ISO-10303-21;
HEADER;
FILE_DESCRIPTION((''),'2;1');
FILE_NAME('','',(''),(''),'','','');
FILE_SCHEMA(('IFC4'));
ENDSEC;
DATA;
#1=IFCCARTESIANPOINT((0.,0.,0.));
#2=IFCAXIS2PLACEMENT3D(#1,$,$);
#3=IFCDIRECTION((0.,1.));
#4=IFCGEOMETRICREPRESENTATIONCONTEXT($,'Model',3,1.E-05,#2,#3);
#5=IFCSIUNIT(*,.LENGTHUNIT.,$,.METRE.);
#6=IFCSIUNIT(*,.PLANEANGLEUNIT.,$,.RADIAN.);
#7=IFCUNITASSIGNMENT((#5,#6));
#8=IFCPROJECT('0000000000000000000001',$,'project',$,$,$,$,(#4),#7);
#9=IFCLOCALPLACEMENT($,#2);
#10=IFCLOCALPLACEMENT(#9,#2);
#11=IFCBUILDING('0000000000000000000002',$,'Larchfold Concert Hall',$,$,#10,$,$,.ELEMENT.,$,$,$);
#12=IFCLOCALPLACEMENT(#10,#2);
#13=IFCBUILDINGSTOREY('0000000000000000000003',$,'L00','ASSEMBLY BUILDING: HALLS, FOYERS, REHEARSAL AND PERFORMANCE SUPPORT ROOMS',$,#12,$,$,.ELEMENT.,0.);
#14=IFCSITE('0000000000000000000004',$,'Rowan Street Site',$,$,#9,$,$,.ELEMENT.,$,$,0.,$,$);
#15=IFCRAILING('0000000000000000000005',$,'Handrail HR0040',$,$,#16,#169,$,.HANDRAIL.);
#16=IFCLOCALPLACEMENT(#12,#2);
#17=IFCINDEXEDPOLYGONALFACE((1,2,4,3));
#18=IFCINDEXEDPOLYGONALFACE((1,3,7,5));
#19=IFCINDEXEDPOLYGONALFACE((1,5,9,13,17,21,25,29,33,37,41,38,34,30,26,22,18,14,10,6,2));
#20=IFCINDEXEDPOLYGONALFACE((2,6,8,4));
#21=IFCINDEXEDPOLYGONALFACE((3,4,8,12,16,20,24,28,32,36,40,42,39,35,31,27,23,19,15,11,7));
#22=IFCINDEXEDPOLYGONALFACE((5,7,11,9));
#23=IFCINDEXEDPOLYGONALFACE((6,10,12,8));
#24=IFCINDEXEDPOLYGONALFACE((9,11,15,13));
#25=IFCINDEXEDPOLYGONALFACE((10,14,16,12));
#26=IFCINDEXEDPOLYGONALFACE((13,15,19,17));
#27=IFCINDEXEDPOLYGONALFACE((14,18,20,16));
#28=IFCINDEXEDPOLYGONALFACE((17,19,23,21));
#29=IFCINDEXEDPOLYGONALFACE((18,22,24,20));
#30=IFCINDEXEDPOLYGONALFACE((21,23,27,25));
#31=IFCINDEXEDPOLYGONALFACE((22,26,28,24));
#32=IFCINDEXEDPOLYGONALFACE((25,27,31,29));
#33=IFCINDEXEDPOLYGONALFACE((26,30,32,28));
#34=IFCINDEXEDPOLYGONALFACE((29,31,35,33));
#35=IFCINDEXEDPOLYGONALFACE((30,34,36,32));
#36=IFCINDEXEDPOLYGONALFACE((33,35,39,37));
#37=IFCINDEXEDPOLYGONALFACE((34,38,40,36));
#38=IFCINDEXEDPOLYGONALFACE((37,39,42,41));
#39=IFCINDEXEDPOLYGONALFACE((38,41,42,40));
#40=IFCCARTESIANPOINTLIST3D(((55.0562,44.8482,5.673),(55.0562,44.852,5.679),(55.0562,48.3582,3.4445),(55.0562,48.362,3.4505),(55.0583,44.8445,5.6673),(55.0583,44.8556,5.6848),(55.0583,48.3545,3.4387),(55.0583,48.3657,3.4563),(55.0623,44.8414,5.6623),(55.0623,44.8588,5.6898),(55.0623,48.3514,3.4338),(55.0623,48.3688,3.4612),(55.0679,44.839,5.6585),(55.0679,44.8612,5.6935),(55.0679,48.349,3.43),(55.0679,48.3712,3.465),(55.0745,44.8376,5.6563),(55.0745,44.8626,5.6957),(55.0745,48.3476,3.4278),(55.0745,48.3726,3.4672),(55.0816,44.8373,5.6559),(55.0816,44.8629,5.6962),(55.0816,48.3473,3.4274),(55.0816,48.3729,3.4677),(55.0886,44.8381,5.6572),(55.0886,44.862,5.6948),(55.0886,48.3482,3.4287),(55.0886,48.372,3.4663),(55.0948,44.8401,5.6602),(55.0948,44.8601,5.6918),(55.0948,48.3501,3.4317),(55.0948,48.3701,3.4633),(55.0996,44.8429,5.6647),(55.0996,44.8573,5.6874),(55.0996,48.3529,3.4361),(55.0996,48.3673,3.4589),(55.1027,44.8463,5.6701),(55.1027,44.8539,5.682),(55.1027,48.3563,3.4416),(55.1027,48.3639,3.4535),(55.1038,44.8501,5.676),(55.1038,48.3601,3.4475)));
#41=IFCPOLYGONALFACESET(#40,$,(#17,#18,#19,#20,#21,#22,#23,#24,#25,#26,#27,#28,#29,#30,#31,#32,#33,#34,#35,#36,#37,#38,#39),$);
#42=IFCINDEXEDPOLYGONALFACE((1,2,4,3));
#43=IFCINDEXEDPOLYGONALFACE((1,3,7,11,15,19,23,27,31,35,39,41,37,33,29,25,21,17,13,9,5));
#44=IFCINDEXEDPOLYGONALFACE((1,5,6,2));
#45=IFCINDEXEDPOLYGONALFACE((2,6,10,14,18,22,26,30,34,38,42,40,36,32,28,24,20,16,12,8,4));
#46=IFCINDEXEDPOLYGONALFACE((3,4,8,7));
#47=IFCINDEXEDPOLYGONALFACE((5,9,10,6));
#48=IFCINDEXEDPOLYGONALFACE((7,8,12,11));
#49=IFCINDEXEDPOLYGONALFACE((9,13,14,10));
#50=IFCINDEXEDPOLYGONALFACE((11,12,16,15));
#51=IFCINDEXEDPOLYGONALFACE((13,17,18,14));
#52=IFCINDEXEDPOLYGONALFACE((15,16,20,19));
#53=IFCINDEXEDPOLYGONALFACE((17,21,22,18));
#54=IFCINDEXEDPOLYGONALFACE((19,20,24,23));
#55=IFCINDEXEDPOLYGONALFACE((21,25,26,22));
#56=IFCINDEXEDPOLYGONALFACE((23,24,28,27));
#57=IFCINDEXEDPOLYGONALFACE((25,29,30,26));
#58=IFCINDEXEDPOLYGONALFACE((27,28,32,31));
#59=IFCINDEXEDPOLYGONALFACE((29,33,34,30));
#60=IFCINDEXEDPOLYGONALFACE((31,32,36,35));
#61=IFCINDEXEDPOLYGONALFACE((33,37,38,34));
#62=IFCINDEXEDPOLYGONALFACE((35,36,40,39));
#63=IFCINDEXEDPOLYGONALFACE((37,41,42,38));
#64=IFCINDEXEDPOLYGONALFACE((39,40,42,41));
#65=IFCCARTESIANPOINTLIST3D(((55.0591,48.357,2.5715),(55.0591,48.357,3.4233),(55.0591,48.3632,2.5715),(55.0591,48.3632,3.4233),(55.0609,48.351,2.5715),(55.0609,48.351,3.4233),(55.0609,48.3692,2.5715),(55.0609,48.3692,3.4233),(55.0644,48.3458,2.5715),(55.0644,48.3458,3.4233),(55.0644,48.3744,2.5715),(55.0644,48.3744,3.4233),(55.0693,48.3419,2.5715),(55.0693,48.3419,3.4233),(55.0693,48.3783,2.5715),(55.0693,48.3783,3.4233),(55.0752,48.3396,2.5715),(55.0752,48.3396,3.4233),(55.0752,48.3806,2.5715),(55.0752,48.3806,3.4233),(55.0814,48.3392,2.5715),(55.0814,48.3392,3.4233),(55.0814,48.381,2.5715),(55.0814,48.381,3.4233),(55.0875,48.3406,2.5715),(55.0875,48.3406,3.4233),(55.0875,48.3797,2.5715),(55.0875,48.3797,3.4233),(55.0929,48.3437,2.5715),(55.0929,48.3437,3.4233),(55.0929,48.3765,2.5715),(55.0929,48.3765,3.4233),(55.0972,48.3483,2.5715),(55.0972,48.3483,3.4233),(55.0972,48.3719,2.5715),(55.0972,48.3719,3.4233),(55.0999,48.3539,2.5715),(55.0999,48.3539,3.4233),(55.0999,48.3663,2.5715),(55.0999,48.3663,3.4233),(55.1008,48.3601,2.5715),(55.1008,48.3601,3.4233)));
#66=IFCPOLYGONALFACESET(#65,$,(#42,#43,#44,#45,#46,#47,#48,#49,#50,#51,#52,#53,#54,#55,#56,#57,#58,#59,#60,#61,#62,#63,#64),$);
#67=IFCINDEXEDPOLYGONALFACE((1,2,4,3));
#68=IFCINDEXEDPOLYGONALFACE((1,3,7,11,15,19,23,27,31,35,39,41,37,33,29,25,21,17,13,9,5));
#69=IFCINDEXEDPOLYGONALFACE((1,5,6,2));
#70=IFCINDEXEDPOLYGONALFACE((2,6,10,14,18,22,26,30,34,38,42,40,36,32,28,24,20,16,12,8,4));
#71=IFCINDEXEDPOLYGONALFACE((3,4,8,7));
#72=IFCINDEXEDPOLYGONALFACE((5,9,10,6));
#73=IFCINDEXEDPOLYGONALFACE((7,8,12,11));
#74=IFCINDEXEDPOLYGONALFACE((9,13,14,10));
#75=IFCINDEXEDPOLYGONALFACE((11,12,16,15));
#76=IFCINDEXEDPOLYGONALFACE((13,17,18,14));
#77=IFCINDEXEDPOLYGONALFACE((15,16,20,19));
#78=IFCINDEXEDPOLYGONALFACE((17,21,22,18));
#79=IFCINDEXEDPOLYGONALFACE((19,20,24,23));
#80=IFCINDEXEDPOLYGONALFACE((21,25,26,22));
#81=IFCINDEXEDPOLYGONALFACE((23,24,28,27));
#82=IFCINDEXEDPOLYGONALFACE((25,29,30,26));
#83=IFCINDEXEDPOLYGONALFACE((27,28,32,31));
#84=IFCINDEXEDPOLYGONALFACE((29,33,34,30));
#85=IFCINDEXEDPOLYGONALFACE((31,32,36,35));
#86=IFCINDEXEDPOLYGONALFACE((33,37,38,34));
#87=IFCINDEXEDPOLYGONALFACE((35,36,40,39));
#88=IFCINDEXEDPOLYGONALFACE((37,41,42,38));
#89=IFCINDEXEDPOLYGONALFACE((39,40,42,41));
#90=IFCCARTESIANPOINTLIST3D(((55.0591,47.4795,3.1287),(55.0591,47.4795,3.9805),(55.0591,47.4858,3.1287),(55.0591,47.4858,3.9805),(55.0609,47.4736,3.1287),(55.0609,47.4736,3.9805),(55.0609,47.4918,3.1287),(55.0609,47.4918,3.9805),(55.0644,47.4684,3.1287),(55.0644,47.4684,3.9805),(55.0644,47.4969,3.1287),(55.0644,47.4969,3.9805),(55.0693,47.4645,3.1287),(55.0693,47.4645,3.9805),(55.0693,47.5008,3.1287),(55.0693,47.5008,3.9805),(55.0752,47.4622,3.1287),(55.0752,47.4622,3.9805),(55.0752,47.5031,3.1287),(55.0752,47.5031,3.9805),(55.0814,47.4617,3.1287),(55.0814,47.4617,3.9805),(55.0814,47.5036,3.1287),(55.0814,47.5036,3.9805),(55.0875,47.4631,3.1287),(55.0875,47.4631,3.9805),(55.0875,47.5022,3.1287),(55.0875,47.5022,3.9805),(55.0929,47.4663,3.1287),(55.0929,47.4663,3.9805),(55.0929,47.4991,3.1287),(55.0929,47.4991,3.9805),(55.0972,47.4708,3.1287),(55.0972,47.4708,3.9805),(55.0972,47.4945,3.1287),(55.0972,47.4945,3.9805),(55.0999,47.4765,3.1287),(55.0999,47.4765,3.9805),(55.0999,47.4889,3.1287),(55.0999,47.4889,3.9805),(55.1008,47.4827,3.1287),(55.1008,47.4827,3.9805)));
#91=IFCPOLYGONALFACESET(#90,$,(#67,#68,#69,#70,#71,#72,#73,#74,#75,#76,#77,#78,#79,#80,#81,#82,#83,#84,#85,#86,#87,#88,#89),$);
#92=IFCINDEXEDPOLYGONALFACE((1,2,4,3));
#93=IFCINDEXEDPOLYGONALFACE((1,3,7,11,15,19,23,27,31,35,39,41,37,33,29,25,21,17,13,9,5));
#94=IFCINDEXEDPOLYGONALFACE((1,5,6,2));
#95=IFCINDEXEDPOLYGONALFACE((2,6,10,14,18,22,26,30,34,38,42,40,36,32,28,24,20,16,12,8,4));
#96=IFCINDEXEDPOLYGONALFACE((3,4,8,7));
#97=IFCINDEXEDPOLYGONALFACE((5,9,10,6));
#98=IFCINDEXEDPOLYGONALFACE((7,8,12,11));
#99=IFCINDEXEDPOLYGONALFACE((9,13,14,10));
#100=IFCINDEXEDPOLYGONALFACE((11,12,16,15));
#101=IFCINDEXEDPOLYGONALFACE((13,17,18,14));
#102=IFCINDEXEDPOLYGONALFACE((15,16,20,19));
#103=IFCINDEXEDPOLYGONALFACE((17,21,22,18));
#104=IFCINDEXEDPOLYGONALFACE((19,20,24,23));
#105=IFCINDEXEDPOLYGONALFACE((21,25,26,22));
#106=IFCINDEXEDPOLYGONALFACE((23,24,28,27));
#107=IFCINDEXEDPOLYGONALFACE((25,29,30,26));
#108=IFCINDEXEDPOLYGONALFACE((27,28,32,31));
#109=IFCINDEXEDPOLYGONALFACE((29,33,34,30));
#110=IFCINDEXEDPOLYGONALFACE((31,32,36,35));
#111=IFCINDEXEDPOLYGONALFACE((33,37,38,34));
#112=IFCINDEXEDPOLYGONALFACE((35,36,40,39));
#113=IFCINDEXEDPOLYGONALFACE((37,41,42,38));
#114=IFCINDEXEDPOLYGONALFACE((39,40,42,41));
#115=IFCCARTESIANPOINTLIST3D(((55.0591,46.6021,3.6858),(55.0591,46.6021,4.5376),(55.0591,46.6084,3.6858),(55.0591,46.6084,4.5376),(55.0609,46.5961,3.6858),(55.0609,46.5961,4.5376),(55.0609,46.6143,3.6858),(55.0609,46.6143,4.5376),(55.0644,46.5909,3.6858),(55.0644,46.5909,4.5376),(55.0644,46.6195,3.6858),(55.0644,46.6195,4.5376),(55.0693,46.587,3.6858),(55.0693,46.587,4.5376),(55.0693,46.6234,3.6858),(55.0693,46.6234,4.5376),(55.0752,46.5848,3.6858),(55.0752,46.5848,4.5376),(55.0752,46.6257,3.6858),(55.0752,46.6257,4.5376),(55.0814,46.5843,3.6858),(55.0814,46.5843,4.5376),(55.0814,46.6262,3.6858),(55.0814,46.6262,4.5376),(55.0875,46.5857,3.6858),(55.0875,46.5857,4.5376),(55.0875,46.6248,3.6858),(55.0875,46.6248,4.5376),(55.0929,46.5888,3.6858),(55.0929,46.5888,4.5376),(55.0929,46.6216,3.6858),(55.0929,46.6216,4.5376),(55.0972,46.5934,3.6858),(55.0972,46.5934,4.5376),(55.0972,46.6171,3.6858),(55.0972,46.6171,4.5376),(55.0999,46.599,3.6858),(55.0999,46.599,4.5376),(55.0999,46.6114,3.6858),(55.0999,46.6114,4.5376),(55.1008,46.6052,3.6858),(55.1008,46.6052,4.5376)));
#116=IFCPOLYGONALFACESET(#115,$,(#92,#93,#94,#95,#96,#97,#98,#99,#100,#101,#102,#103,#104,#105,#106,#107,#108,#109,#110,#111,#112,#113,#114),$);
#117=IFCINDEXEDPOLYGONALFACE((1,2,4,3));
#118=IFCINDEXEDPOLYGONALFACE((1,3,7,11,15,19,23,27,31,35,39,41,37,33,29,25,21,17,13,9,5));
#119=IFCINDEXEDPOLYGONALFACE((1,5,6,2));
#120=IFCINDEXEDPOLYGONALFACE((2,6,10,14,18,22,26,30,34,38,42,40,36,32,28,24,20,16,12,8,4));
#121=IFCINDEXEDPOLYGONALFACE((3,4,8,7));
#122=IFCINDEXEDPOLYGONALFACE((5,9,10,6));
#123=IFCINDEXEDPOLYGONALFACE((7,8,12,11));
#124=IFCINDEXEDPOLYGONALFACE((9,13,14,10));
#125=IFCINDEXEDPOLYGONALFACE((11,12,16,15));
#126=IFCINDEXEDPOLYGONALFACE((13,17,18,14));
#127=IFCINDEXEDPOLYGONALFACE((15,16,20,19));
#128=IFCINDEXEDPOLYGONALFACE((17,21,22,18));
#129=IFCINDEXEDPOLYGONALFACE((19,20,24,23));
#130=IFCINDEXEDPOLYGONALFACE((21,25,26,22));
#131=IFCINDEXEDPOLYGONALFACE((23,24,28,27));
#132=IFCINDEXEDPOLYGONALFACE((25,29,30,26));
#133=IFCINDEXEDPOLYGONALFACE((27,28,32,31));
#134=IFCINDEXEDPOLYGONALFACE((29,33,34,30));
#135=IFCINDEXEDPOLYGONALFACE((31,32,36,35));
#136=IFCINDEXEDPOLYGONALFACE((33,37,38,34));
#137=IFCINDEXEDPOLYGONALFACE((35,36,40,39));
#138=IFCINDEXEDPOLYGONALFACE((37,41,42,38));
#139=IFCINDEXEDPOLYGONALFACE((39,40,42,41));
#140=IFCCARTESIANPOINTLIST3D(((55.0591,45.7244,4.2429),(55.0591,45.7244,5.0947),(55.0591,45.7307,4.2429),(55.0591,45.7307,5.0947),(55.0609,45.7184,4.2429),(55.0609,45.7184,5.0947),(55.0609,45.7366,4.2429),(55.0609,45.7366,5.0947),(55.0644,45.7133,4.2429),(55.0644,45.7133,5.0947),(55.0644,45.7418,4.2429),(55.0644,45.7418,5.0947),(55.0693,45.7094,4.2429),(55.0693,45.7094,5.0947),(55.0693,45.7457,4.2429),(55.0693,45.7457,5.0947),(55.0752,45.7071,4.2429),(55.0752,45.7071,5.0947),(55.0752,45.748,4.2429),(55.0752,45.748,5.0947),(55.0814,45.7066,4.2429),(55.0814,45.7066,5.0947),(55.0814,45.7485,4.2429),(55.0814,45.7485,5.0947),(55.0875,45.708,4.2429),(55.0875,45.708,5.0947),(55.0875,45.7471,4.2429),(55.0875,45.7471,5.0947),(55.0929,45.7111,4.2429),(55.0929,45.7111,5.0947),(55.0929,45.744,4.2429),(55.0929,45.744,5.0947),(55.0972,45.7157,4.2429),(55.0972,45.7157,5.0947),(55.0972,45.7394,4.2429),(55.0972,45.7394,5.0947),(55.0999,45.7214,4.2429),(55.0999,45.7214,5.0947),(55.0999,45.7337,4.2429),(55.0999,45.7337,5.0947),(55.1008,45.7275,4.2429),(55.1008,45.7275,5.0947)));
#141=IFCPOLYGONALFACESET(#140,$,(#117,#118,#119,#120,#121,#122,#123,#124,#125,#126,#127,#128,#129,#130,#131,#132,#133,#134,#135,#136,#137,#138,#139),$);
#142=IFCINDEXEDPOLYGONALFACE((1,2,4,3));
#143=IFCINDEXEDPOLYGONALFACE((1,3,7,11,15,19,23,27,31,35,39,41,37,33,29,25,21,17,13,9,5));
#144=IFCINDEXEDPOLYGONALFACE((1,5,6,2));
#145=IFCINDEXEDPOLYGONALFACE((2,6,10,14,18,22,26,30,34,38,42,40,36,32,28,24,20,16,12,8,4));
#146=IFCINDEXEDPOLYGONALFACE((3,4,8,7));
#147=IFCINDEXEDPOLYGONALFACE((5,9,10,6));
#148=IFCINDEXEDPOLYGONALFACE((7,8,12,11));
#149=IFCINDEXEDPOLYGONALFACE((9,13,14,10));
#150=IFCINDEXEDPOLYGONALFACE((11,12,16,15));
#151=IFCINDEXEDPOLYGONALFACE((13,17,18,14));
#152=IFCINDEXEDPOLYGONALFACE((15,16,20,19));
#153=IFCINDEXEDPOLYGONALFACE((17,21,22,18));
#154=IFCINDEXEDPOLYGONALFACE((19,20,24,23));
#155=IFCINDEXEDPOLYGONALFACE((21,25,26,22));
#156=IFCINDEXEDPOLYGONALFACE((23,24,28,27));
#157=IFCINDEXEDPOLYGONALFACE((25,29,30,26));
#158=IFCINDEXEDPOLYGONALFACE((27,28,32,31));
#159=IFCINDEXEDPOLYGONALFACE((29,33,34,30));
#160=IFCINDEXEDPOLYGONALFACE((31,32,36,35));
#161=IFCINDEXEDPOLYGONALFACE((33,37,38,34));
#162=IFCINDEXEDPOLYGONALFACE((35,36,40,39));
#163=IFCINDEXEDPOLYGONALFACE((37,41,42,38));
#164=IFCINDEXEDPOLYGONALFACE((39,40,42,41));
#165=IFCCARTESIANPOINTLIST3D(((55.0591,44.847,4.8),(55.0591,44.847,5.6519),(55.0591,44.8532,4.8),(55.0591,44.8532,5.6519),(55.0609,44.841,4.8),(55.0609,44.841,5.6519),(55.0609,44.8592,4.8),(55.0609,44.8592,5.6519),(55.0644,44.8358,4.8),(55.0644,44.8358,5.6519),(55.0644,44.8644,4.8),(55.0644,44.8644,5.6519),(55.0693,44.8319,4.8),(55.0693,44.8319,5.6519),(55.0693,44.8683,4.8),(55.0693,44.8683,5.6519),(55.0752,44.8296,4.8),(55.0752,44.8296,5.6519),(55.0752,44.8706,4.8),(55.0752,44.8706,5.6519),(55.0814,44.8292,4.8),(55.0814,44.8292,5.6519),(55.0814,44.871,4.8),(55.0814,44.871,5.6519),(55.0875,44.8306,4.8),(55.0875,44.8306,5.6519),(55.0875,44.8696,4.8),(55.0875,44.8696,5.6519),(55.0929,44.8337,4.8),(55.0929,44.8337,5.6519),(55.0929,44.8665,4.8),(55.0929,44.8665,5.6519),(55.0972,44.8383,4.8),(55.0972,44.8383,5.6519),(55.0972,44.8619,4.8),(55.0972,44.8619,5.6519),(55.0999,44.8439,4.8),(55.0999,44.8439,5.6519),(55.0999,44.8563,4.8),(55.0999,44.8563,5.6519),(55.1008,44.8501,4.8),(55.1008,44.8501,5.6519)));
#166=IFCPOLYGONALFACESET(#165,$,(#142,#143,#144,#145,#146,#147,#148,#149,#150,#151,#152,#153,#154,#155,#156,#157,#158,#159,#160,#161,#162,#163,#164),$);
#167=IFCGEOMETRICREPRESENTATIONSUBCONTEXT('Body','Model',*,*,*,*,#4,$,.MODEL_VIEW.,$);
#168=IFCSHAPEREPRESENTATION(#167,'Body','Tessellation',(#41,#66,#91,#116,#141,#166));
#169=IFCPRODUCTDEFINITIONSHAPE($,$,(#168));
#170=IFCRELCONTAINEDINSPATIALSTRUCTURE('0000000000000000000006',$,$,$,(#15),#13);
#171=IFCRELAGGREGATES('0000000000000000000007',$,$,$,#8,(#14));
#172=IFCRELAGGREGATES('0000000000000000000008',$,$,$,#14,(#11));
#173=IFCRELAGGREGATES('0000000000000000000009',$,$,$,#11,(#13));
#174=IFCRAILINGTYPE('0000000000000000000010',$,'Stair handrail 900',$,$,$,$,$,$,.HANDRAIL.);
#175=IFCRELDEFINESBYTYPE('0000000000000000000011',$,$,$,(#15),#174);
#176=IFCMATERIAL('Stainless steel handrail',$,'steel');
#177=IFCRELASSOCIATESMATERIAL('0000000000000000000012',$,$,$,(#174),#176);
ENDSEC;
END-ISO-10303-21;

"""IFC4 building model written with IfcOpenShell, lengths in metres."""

from ifc_helpers import new_model, si_unit, direction, frame, origin, origin_2d, place, context, subcontext, project, spatial, circle, extrude, material, type_object, element, save


model = new_model("IFC4")

# Units and contexts
model_context = context("Model", 3, precision=1e-05, world=origin(), true_north=direction((0.0, 1.0)))
body_context = subcontext(model_context, "Body", "Model", "MODEL_VIEW")
ifc_project = project(units=[si_unit("LENGTHUNIT", "METRE"), si_unit("PLANEANGLEUNIT", "RADIAN")], contexts=[model_context])

# Site, building, storey
site_placement = place(None, origin())
site = spatial("IfcSite", under=ifc_project, at=site_placement, Name="Rowan Street Site", CompositionType="ELEMENT", RefElevation=0.0)
building_placement = place(site_placement, origin())
building = spatial("IfcBuilding", under=site, at=building_placement, Name="Larchfold Concert Hall", CompositionType="ELEMENT")
storey_placement = place(building_placement, origin())
storey = spatial("IfcBuildingStorey", under=building, at=storey_placement, Name="L00", Description="ASSEMBLY BUILDING: HALLS, FOYERS, REHEARSAL AND PERFORMANCE SUPPORT ROOMS", CompositionType="ELEMENT", Elevation=0.0)

# Railing
ifc_material_1 = material(Name="Stainless steel handrail", Category="steel")
railing_type_1 = type_object("IfcRailingType", Name="Stair handrail 900", PredefinedType="HANDRAIL", material=ifc_material_1)
for number, where, name in (
    (1, (55.0798, 48.3601, 2.5715), "Handrail HR0040"),
):
    element("IfcRailing", number, at=place(storey_placement, frame(where)), inside=storey, type_object=railing_type_1, Name=name, PredefinedType="HANDRAIL", context=body_context, shape_type="SweptSolid", body=[
        extrude(circle(Radius=0.0239, at=origin_2d()), frame((0.0, 0.0, 0.876), z_axis=(0.0, -0.84422, 0.535998), x_axis=(1.0, 0.0, 0.0)), (0.0, 0.0, 1.0), 4.1577),
        extrude(circle(Radius=0.021, at=origin_2d()), origin(), (0.0, 0.0, 1.0), 0.8518),
        extrude(circle(Radius=0.021, at=origin_2d()), frame((0.0, -0.8774, 0.5571)), (0.0, 0.0, 1.0), 0.8518),
        extrude(circle(Radius=0.021, at=origin_2d()), frame((0.0, -1.7549, 1.1143)), (0.0, 0.0, 1.0), 0.8518),
        extrude(circle(Radius=0.021, at=origin_2d()), frame((0.0, -2.6326, 1.6714)), (0.0, 0.0, 1.0), 0.8518),
        extrude(circle(Radius=0.021, at=origin_2d()), frame((0.0, -3.51, 2.2285)), (0.0, 0.0, 1.0), 0.8518),
    ])

save(model, "model.ifc")
